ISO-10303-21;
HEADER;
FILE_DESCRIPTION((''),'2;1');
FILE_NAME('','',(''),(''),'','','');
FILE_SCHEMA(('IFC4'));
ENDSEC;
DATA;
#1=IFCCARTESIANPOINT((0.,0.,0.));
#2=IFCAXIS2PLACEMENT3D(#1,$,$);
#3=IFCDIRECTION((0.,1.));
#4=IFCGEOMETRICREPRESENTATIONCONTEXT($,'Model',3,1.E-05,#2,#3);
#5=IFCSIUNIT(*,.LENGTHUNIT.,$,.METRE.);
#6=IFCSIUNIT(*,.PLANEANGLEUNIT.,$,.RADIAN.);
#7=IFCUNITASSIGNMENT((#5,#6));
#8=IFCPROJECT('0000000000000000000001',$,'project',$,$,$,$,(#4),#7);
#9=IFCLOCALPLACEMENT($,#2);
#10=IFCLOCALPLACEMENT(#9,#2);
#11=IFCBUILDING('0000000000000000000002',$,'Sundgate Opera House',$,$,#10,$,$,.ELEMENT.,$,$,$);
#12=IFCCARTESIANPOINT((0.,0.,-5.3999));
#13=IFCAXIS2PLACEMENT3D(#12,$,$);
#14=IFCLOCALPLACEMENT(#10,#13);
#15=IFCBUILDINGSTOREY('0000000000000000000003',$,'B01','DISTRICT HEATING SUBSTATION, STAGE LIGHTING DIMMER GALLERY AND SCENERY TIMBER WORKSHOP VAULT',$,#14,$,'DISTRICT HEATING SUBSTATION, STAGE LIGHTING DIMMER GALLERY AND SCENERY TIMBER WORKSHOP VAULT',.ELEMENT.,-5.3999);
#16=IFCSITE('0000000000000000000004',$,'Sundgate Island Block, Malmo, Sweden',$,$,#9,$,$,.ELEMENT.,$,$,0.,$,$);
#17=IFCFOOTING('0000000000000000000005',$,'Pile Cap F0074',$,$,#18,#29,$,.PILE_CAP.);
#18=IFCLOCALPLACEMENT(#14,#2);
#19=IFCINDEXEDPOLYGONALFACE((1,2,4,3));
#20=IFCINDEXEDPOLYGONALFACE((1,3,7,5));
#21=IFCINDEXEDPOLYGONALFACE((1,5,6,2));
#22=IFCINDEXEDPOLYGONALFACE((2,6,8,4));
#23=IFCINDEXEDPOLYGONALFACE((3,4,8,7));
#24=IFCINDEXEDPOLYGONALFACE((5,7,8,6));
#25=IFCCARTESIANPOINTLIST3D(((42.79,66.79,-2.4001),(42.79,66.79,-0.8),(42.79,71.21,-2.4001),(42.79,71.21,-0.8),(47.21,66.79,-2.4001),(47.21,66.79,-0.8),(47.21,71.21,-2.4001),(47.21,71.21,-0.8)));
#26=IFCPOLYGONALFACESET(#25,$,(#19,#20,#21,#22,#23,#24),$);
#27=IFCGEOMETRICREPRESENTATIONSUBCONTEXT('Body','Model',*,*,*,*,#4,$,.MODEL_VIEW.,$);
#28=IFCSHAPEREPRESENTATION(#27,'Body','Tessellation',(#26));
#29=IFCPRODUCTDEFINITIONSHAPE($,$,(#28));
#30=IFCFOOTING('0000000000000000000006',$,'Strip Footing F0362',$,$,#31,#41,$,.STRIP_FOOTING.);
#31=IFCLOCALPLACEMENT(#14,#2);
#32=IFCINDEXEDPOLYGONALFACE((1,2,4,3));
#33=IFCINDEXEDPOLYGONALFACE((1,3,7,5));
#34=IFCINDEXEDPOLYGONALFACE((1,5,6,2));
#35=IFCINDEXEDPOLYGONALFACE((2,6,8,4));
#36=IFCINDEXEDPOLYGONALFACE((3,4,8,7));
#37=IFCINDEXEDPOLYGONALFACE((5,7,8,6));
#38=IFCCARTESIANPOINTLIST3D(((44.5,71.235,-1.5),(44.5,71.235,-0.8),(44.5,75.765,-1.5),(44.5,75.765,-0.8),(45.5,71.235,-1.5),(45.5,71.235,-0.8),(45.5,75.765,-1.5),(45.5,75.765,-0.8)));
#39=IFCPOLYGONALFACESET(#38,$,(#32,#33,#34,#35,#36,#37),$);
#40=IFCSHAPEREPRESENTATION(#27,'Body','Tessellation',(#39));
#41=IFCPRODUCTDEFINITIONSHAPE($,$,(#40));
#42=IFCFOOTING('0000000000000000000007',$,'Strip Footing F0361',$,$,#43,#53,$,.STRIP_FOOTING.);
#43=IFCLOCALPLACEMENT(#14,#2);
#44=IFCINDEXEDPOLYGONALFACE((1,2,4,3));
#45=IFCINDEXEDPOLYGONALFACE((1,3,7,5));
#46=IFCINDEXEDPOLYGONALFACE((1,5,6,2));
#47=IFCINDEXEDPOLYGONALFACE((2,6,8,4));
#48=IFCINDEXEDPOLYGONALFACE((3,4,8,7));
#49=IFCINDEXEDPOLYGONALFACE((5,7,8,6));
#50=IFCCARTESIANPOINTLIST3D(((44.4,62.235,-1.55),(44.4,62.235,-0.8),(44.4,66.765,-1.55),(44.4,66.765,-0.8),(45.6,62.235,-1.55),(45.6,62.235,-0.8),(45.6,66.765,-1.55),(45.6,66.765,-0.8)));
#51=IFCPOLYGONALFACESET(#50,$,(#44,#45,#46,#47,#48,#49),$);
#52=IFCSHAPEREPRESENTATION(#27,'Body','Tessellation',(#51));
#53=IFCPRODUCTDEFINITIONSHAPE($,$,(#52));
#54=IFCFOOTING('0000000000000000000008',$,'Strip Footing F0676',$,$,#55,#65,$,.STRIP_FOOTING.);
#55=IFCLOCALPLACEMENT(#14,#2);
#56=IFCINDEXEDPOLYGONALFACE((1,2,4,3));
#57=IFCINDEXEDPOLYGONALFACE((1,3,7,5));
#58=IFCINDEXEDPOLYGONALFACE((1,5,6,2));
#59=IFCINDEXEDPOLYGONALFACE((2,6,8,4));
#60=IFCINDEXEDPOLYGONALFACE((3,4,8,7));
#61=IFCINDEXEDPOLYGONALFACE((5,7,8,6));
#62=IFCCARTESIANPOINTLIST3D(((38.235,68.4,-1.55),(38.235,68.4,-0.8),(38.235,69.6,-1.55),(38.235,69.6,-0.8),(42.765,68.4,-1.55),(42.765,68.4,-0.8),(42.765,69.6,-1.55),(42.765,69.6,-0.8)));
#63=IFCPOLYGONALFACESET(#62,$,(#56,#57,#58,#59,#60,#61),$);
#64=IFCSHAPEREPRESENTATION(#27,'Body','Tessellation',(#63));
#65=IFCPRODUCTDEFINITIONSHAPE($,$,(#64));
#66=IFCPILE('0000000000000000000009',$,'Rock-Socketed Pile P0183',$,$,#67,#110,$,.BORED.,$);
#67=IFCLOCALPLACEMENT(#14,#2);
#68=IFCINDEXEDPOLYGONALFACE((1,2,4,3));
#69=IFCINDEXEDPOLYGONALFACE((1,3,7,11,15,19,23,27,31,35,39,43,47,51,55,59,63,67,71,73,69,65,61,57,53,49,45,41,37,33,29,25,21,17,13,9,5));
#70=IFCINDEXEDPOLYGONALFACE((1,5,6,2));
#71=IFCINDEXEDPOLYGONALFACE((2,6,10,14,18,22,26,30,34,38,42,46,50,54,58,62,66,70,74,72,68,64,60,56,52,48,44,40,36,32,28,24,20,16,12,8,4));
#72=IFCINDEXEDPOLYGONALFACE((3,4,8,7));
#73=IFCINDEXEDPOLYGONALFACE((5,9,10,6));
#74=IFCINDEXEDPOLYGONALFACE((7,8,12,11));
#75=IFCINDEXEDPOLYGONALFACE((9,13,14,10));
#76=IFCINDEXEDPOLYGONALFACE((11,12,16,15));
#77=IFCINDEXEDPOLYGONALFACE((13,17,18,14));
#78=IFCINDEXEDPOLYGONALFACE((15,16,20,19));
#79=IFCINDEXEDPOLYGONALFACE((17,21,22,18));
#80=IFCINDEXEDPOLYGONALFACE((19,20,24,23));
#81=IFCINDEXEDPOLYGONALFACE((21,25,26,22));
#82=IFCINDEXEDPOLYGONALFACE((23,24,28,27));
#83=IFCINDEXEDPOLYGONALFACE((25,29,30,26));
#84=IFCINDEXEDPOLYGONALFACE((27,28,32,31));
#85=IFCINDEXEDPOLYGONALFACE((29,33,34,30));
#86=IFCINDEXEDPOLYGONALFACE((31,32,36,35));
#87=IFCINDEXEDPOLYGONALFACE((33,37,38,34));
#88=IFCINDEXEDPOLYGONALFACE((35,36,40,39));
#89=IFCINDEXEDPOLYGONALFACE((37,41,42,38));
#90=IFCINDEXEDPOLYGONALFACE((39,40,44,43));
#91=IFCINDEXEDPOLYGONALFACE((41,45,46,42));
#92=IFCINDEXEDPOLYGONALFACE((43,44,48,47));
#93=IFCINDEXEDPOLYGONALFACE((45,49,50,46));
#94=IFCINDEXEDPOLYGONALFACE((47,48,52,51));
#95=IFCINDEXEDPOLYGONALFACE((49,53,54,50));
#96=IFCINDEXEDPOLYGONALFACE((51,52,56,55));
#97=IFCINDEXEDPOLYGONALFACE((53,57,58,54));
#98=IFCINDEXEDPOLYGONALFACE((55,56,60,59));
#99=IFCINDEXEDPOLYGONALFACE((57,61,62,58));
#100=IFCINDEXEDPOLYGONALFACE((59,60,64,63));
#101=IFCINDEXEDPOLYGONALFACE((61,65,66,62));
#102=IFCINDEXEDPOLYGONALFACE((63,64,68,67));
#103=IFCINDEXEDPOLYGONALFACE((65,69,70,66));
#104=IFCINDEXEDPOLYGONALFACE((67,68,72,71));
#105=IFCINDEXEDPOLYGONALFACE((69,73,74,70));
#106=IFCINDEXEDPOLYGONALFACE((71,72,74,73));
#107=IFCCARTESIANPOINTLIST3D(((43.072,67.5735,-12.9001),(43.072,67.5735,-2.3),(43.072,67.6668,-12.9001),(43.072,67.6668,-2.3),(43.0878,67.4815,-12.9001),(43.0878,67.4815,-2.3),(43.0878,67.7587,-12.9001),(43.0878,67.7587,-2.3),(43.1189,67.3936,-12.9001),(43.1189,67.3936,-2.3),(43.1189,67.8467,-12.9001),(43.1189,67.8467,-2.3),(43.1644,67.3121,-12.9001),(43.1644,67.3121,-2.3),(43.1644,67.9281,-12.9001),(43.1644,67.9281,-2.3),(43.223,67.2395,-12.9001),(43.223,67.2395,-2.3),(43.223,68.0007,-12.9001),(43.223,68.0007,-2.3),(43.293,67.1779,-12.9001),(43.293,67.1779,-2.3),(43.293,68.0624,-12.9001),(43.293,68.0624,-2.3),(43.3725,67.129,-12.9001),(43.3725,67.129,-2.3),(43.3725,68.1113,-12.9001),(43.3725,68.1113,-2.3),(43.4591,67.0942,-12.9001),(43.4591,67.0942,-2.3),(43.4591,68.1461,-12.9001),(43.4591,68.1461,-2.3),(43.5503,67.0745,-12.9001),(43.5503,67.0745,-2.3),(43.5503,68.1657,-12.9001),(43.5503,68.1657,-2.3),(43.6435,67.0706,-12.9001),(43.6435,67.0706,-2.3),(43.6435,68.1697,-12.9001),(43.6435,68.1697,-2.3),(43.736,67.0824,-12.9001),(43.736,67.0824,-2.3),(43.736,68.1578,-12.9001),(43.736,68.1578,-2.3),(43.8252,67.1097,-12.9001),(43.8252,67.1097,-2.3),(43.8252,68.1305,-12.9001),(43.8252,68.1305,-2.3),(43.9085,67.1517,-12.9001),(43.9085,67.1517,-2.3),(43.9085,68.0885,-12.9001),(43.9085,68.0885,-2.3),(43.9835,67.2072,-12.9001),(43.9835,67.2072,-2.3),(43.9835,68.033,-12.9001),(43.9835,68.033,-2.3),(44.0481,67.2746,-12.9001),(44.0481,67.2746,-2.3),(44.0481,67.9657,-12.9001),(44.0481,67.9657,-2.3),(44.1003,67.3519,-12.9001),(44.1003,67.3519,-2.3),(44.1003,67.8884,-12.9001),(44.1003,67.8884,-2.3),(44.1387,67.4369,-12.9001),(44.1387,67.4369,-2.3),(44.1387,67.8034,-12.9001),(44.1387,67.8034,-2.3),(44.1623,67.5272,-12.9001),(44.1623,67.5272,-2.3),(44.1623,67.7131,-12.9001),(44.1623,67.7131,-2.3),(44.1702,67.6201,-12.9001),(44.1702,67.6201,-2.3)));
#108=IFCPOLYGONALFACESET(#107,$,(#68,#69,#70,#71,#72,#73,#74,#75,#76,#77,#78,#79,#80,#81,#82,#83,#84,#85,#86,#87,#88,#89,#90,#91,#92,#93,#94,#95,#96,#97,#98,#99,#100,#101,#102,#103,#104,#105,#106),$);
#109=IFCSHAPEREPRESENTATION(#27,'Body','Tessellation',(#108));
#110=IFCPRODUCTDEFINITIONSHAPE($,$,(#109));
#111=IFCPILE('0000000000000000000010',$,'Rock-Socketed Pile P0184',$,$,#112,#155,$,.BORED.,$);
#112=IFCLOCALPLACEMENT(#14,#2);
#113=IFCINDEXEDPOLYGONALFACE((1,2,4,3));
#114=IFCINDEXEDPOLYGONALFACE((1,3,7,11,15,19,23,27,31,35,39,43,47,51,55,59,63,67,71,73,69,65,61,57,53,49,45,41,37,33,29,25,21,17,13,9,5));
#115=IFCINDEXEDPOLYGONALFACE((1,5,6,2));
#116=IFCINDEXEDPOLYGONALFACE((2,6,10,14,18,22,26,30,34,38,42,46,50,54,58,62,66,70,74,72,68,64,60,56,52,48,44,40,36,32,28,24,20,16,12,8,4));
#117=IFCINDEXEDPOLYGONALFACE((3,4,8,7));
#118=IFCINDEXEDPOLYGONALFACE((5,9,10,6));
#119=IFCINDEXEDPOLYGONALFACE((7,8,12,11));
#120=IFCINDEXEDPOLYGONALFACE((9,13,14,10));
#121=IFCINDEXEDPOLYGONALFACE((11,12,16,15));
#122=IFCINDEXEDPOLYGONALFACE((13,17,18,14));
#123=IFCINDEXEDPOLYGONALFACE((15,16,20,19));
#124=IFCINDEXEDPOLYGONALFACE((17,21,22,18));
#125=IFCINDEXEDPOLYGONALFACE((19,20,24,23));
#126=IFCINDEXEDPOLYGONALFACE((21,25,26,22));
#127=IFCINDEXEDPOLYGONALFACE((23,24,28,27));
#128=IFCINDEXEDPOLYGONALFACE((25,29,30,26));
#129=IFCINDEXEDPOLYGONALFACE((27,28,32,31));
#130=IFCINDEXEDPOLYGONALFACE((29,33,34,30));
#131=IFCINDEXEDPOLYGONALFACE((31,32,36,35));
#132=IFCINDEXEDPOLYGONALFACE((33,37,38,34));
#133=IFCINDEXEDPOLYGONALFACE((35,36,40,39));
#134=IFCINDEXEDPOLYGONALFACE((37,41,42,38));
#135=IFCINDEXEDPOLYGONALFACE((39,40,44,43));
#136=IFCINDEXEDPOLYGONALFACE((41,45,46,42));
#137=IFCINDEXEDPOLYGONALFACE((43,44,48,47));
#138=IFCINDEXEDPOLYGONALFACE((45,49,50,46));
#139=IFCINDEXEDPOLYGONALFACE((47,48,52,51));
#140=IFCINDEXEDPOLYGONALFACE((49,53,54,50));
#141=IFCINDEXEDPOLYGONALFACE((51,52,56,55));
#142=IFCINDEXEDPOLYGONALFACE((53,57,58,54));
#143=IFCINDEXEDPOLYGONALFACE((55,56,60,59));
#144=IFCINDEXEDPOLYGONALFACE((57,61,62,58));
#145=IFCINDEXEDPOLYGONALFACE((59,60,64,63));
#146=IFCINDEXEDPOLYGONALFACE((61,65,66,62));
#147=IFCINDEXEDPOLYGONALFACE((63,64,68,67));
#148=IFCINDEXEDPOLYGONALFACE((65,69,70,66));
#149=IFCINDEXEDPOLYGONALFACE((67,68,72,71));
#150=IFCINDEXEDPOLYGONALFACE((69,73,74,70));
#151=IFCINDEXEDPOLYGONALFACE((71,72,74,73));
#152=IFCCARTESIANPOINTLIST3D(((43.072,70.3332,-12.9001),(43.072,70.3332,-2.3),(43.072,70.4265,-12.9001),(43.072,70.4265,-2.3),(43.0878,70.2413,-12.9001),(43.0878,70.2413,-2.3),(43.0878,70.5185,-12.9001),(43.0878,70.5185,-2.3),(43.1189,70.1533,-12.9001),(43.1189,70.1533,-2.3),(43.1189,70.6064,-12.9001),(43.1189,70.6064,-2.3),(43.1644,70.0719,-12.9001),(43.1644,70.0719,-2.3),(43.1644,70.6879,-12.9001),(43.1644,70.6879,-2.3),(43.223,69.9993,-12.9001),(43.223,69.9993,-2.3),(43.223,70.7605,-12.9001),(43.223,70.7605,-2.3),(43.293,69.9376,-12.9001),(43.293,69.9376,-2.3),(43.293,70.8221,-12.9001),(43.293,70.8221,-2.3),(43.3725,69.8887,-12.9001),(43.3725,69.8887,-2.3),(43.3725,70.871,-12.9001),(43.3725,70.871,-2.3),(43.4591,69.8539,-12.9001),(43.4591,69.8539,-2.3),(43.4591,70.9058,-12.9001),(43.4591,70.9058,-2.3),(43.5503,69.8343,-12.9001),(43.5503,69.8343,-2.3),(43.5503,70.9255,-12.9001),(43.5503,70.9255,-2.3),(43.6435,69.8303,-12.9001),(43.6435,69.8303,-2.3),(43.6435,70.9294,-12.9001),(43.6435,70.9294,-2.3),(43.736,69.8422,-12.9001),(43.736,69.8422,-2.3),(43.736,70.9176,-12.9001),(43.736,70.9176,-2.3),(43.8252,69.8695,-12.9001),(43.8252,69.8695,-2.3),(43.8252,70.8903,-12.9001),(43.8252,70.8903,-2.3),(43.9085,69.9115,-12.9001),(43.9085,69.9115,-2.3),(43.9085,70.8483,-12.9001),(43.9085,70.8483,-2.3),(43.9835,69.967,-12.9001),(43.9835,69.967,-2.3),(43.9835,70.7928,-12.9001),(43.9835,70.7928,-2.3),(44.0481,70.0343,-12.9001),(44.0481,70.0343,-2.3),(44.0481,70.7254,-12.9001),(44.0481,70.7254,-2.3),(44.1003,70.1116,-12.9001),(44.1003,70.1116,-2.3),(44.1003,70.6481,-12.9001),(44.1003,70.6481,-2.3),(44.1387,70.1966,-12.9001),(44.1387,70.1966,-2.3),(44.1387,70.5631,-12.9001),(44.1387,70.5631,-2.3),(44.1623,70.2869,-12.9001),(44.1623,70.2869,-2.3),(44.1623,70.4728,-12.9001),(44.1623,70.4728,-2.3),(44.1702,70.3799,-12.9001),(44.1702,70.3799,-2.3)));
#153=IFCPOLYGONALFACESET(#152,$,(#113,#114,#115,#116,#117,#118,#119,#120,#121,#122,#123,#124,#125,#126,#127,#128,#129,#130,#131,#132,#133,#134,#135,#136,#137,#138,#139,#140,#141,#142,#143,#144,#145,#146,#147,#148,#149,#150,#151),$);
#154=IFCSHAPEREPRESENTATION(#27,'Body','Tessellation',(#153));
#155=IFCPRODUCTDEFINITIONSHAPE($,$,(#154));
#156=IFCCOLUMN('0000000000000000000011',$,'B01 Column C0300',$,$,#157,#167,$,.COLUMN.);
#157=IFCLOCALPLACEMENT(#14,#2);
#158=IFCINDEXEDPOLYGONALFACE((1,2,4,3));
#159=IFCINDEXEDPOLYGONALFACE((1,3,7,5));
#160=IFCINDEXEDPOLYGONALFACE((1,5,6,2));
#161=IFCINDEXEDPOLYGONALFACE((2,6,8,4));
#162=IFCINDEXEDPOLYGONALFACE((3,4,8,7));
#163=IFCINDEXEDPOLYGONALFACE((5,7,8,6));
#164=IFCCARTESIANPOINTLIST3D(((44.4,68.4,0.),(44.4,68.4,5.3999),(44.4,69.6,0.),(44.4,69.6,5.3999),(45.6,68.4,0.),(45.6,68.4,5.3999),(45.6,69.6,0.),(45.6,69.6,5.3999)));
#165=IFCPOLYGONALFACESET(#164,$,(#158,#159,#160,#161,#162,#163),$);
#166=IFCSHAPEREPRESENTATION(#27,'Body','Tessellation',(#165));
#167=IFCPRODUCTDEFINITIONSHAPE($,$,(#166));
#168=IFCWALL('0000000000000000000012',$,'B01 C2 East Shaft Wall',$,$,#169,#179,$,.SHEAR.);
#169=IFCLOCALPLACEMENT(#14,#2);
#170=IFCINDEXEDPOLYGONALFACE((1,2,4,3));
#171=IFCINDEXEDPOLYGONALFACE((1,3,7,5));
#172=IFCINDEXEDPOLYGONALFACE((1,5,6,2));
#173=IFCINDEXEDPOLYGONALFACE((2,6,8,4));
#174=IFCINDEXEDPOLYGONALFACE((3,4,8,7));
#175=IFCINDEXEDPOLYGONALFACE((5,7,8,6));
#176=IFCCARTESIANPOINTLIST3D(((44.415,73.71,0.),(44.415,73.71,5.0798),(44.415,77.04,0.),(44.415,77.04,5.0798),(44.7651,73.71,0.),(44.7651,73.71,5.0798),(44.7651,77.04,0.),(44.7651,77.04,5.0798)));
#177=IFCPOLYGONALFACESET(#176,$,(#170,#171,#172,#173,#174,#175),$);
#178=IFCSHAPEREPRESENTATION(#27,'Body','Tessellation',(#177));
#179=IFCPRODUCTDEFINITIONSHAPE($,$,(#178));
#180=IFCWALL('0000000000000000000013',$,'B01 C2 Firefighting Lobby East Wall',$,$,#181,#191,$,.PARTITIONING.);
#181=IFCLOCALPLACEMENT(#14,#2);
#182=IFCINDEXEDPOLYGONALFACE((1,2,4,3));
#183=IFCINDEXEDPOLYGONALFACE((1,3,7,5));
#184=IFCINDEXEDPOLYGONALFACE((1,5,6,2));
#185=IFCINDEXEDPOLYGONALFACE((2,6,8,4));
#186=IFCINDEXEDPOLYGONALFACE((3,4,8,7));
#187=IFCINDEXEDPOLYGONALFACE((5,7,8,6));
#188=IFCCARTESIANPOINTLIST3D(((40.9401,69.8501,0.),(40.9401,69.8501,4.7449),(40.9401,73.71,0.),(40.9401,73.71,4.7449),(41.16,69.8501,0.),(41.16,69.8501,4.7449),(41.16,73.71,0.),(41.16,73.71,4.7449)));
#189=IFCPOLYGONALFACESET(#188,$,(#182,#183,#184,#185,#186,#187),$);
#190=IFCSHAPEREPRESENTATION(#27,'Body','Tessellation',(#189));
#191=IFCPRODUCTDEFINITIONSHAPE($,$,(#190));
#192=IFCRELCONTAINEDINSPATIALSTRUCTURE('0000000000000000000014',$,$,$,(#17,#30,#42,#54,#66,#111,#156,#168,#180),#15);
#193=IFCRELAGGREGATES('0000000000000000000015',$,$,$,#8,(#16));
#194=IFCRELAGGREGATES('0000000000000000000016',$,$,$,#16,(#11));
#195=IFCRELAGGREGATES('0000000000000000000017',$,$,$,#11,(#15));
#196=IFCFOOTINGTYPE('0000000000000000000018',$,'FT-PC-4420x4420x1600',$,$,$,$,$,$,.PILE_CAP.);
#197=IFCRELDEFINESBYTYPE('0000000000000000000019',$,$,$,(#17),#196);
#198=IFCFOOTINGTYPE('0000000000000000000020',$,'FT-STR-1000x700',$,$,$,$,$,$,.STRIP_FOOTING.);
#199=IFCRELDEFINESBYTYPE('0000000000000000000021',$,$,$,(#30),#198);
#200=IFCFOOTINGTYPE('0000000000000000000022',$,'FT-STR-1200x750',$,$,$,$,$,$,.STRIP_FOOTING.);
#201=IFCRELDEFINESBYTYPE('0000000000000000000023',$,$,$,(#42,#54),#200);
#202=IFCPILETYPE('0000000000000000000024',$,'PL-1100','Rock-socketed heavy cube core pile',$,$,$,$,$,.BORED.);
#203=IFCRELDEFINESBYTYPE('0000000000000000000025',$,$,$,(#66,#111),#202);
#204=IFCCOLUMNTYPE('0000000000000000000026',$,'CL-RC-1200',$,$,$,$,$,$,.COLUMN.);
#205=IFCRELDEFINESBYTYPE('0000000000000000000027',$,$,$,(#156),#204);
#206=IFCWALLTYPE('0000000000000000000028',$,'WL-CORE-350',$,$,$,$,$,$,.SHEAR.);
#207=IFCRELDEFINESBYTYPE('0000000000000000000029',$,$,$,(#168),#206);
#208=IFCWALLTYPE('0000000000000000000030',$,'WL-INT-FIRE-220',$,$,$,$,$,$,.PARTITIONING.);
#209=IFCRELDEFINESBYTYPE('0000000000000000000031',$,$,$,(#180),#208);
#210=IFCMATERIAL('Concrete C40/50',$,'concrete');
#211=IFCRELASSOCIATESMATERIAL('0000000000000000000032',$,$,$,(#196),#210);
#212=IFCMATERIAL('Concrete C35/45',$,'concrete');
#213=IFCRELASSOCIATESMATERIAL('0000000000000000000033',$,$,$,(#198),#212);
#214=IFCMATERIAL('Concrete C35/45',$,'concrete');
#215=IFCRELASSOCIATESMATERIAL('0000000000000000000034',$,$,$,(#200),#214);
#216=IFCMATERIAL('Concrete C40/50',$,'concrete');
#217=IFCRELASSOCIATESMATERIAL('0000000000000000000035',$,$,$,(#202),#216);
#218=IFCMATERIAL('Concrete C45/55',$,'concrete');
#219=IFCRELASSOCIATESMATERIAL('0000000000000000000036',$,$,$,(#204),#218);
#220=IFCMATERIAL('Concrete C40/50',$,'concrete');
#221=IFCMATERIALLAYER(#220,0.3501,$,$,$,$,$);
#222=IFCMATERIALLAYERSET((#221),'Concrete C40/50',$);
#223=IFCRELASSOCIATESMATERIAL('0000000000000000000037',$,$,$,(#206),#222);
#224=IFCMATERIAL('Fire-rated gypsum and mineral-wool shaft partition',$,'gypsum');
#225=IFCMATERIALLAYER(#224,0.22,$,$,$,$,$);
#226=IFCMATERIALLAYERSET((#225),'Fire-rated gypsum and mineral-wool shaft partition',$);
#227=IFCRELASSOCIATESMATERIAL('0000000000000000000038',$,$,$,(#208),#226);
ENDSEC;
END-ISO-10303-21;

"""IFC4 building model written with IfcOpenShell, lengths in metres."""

from ifc_helpers import new_model, si_unit, direction, frame, frame_2d, origin, origin_2d, place, context, subcontext, project, spatial, rectangle, circle, extrude, material, layer, layer_set, material_profile, profile_set, type_object, element, save


model = new_model("IFC4")

# Units and contexts
model_context = context("Model", 3, precision=1e-05, world=origin(), true_north=direction((0.0, 1.0)))
body_context = subcontext(model_context, "Body", "Model", "MODEL_VIEW")
ifc_project = project(units=[si_unit("LENGTHUNIT", "METRE"), si_unit("PLANEANGLEUNIT", "RADIAN")], contexts=[model_context])

# Site, building, storey
site_placement = place(None, origin())
site = spatial("IfcSite", under=ifc_project, at=site_placement, Name="Sundgate Island Block, Malmo, Sweden", CompositionType="ELEMENT", RefElevation=0.0)
building_placement = place(site_placement, origin())
building = spatial("IfcBuilding", under=site, at=building_placement, Name="Sundgate Opera House", CompositionType="ELEMENT")
storey_placement = place(building_placement, frame((0.0, 0.0, -5.3999)))
storey = spatial("IfcBuildingStorey", under=building, at=storey_placement, Name="B01", Description="DISTRICT HEATING SUBSTATION, STAGE LIGHTING DIMMER GALLERY AND SCENERY TIMBER WORKSHOP VAULT", LongName="DISTRICT HEATING SUBSTATION, STAGE LIGHTING DIMMER GALLERY AND SCENERY TIMBER WORKSHOP VAULT", CompositionType="ELEMENT", Elevation=-5.3999)

# Footings
ifc_material_1 = material(Name="Concrete C40/50", Category="concrete")
footing_type_1 = type_object("IfcFootingType", Name="FT-PC-4420x4420x1600", PredefinedType="PILE_CAP", material=ifc_material_1)
footing_1_placement = place(storey_placement, frame((45.0, 69.0, -2.4001), z_axis=(0.0, 0.0, 1.0), x_axis=(1.0, 0.0, 0.0)))
element("IfcFooting", 1, at=footing_1_placement, inside=storey, type_object=footing_type_1, Name="Pile Cap F0074", PredefinedType="PILE_CAP", context=body_context, shape_type="SweptSolid", body=[
    extrude(rectangle(XDim=4.4199, YDim=4.4199, at=origin_2d()), origin(), (0.0, 0.0, 1.0), 1.6001),
])
ifc_material_2 = material(Name="Concrete C35/45", Category="concrete")
footing_type_2 = type_object("IfcFootingType", Name="FT-STR-1000x700", PredefinedType="STRIP_FOOTING", material=ifc_material_2)
footing_2_placement = place(storey_placement, frame((45.0, 73.5, -1.5), z_axis=(0.0, 0.0, 1.0), x_axis=(1.0, 0.0, 0.0)))
element("IfcFooting", 2, at=footing_2_placement, inside=storey, type_object=footing_type_2, Name="Strip Footing F0362", PredefinedType="STRIP_FOOTING", context=body_context, shape_type="SweptSolid", body=[
    extrude(rectangle(XDim=1.0, YDim=4.53, at=origin_2d()), origin(), (0.0, 0.0, 1.0), 0.7),
])
ifc_material_3 = material(Name="Concrete C35/45", Category="concrete")
footing_type_3 = type_object("IfcFootingType", Name="FT-STR-1200x750", PredefinedType="STRIP_FOOTING", material=ifc_material_3)
footing_3_placement = place(storey_placement, frame((45.0, 64.5, -1.55), z_axis=(0.0, 0.0, 1.0), x_axis=(1.0, 0.0, 0.0)))
element("IfcFooting", 3, at=footing_3_placement, inside=storey, type_object=footing_type_3, Name="Strip Footing F0361", PredefinedType="STRIP_FOOTING", context=body_context, shape_type="SweptSolid", body=[
    extrude(rectangle(XDim=1.2, YDim=4.53, at=origin_2d()), origin(), (0.0, 0.0, 1.0), 0.75),
])
footing_4_placement = place(storey_placement, frame((40.5, 69.0, -1.55), z_axis=(0.0, 0.0, 1.0), x_axis=(1.0, 0.0, 0.0)))
element("IfcFooting", 4, at=footing_4_placement, inside=storey, type_object=footing_type_3, Name="Strip Footing F0676", PredefinedType="STRIP_FOOTING", context=body_context, shape_type="SweptSolid", body=[
    extrude(rectangle(XDim=4.53, YDim=1.2, at=origin_2d()), origin(), (0.0, 0.0, 1.0), 0.75),
])

# Piles
ifc_material_4 = material(Name="Concrete C40/50", Category="concrete")
ifc_material_profile_1 = material_profile(ifc_material_4, circle(Radius=0.55, at=origin_2d()), Name="PILE D1100")
ifc_profile_set_1 = profile_set([ifc_material_profile_1], Name="Concrete C40/50")
pile_type = type_object("IfcPileType", Name="PL-1100", Description="Rock-socketed heavy cube core pile", PredefinedType="BORED", material=ifc_profile_set_1)
for number, where, z_axis, x_axis, name in (
    (5, (43.6201, 67.6201, -2.3), (0.0, 0.0, -1.0), (1.0, 0.0, 0.0), "Rock-Socketed Pile P0183"),
    (6, (43.6201, 70.3799, -2.3), (0.0, 0.0, -1.0), (1.0, 0.0, 0.0), "Rock-Socketed Pile P0184"),
):
    element("IfcPile", number, at=place(storey_placement, frame(where, z_axis=z_axis, x_axis=x_axis)), inside=storey, type_object=pile_type, Name=name, PredefinedType="BORED", context=body_context, shape_type="SweptSolid", body=[
        extrude(circle(Radius=0.55, at=origin_2d()), origin(), (0.0, 0.0, 1.0), 10.6001),
    ])

# Column
ifc_material_5 = material(Name="Concrete C45/55", Category="concrete")
ifc_material_profile_2 = material_profile(ifc_material_5, rectangle(XDim=1.2, YDim=1.2, at=origin_2d()), Name="RC 1200x1200")
ifc_profile_set_2 = profile_set([ifc_material_profile_2], Name="Concrete C45/55")
column_type = type_object("IfcColumnType", Name="CL-RC-1200", PredefinedType="COLUMN", material=ifc_profile_set_2)
column_placement = place(storey_placement, frame((45.0, 69.0, 0.0), z_axis=(0.0, 0.0, 1.0), x_axis=(1.0, 0.0, 0.0)))
element("IfcColumn", 7, at=column_placement, inside=storey, type_object=column_type, Name="B01 Column C0300", PredefinedType="COLUMN", context=body_context, shape_type="SweptSolid", body=[
    extrude(rectangle(XDim=1.2, YDim=1.2, at=origin_2d()), origin(), (0.0, 0.0, 1.0), 5.3999),
])

# Walls
ifc_material_6 = material(Name="Concrete C40/50", Category="concrete")
ifc_layer_1 = layer(ifc_material_6, 0.3501)
ifc_layer_set_1 = layer_set([ifc_layer_1], Name="Concrete C40/50")
wall_type_1 = type_object("IfcWallType", Name="WL-CORE-350", PredefinedType="SHEAR", material=ifc_layer_set_1)
wall_1_placement = place(storey_placement, frame((44.5901, 73.71, 0.0), z_axis=(0.0, 0.0, 1.0), x_axis=(0.0, 1.0, 0.0)))
element("IfcWall", 8, at=wall_1_placement, inside=storey, type_object=wall_type_1, Name="B01 C2 East Shaft Wall", PredefinedType="SHEAR", context=body_context, shape_type="SweptSolid", body=[
    extrude(rectangle(XDim=3.3301, YDim=0.3501, at=frame_2d((1.665, 0.0))), origin(), (0.0, 0.0, 1.0), 5.0798),
])
ifc_material_7 = material(Name="Fire-rated gypsum and mineral-wool shaft partition", Category="gypsum")
ifc_layer_2 = layer(ifc_material_7, 0.22)
ifc_layer_set_2 = layer_set([ifc_layer_2], Name="Fire-rated gypsum and mineral-wool shaft partition")
wall_type_2 = type_object("IfcWallType", Name="WL-INT-FIRE-220", PredefinedType="PARTITIONING", material=ifc_layer_set_2)
wall_2_placement = place(storey_placement, frame((41.05, 69.8501, 0.0), z_axis=(0.0, 0.0, 1.0), x_axis=(0.0, 1.0, 0.0)))
element("IfcWall", 9, at=wall_2_placement, inside=storey, type_object=wall_type_2, Name="B01 C2 Firefighting Lobby East Wall", PredefinedType="PARTITIONING", context=body_context, shape_type="SweptSolid", body=[
    extrude(rectangle(XDim=3.8599, YDim=0.22, at=frame_2d((1.9299, 0.0))), origin(), (0.0, 0.0, 1.0), 4.7449),
])

save(model, "model.ifc")
